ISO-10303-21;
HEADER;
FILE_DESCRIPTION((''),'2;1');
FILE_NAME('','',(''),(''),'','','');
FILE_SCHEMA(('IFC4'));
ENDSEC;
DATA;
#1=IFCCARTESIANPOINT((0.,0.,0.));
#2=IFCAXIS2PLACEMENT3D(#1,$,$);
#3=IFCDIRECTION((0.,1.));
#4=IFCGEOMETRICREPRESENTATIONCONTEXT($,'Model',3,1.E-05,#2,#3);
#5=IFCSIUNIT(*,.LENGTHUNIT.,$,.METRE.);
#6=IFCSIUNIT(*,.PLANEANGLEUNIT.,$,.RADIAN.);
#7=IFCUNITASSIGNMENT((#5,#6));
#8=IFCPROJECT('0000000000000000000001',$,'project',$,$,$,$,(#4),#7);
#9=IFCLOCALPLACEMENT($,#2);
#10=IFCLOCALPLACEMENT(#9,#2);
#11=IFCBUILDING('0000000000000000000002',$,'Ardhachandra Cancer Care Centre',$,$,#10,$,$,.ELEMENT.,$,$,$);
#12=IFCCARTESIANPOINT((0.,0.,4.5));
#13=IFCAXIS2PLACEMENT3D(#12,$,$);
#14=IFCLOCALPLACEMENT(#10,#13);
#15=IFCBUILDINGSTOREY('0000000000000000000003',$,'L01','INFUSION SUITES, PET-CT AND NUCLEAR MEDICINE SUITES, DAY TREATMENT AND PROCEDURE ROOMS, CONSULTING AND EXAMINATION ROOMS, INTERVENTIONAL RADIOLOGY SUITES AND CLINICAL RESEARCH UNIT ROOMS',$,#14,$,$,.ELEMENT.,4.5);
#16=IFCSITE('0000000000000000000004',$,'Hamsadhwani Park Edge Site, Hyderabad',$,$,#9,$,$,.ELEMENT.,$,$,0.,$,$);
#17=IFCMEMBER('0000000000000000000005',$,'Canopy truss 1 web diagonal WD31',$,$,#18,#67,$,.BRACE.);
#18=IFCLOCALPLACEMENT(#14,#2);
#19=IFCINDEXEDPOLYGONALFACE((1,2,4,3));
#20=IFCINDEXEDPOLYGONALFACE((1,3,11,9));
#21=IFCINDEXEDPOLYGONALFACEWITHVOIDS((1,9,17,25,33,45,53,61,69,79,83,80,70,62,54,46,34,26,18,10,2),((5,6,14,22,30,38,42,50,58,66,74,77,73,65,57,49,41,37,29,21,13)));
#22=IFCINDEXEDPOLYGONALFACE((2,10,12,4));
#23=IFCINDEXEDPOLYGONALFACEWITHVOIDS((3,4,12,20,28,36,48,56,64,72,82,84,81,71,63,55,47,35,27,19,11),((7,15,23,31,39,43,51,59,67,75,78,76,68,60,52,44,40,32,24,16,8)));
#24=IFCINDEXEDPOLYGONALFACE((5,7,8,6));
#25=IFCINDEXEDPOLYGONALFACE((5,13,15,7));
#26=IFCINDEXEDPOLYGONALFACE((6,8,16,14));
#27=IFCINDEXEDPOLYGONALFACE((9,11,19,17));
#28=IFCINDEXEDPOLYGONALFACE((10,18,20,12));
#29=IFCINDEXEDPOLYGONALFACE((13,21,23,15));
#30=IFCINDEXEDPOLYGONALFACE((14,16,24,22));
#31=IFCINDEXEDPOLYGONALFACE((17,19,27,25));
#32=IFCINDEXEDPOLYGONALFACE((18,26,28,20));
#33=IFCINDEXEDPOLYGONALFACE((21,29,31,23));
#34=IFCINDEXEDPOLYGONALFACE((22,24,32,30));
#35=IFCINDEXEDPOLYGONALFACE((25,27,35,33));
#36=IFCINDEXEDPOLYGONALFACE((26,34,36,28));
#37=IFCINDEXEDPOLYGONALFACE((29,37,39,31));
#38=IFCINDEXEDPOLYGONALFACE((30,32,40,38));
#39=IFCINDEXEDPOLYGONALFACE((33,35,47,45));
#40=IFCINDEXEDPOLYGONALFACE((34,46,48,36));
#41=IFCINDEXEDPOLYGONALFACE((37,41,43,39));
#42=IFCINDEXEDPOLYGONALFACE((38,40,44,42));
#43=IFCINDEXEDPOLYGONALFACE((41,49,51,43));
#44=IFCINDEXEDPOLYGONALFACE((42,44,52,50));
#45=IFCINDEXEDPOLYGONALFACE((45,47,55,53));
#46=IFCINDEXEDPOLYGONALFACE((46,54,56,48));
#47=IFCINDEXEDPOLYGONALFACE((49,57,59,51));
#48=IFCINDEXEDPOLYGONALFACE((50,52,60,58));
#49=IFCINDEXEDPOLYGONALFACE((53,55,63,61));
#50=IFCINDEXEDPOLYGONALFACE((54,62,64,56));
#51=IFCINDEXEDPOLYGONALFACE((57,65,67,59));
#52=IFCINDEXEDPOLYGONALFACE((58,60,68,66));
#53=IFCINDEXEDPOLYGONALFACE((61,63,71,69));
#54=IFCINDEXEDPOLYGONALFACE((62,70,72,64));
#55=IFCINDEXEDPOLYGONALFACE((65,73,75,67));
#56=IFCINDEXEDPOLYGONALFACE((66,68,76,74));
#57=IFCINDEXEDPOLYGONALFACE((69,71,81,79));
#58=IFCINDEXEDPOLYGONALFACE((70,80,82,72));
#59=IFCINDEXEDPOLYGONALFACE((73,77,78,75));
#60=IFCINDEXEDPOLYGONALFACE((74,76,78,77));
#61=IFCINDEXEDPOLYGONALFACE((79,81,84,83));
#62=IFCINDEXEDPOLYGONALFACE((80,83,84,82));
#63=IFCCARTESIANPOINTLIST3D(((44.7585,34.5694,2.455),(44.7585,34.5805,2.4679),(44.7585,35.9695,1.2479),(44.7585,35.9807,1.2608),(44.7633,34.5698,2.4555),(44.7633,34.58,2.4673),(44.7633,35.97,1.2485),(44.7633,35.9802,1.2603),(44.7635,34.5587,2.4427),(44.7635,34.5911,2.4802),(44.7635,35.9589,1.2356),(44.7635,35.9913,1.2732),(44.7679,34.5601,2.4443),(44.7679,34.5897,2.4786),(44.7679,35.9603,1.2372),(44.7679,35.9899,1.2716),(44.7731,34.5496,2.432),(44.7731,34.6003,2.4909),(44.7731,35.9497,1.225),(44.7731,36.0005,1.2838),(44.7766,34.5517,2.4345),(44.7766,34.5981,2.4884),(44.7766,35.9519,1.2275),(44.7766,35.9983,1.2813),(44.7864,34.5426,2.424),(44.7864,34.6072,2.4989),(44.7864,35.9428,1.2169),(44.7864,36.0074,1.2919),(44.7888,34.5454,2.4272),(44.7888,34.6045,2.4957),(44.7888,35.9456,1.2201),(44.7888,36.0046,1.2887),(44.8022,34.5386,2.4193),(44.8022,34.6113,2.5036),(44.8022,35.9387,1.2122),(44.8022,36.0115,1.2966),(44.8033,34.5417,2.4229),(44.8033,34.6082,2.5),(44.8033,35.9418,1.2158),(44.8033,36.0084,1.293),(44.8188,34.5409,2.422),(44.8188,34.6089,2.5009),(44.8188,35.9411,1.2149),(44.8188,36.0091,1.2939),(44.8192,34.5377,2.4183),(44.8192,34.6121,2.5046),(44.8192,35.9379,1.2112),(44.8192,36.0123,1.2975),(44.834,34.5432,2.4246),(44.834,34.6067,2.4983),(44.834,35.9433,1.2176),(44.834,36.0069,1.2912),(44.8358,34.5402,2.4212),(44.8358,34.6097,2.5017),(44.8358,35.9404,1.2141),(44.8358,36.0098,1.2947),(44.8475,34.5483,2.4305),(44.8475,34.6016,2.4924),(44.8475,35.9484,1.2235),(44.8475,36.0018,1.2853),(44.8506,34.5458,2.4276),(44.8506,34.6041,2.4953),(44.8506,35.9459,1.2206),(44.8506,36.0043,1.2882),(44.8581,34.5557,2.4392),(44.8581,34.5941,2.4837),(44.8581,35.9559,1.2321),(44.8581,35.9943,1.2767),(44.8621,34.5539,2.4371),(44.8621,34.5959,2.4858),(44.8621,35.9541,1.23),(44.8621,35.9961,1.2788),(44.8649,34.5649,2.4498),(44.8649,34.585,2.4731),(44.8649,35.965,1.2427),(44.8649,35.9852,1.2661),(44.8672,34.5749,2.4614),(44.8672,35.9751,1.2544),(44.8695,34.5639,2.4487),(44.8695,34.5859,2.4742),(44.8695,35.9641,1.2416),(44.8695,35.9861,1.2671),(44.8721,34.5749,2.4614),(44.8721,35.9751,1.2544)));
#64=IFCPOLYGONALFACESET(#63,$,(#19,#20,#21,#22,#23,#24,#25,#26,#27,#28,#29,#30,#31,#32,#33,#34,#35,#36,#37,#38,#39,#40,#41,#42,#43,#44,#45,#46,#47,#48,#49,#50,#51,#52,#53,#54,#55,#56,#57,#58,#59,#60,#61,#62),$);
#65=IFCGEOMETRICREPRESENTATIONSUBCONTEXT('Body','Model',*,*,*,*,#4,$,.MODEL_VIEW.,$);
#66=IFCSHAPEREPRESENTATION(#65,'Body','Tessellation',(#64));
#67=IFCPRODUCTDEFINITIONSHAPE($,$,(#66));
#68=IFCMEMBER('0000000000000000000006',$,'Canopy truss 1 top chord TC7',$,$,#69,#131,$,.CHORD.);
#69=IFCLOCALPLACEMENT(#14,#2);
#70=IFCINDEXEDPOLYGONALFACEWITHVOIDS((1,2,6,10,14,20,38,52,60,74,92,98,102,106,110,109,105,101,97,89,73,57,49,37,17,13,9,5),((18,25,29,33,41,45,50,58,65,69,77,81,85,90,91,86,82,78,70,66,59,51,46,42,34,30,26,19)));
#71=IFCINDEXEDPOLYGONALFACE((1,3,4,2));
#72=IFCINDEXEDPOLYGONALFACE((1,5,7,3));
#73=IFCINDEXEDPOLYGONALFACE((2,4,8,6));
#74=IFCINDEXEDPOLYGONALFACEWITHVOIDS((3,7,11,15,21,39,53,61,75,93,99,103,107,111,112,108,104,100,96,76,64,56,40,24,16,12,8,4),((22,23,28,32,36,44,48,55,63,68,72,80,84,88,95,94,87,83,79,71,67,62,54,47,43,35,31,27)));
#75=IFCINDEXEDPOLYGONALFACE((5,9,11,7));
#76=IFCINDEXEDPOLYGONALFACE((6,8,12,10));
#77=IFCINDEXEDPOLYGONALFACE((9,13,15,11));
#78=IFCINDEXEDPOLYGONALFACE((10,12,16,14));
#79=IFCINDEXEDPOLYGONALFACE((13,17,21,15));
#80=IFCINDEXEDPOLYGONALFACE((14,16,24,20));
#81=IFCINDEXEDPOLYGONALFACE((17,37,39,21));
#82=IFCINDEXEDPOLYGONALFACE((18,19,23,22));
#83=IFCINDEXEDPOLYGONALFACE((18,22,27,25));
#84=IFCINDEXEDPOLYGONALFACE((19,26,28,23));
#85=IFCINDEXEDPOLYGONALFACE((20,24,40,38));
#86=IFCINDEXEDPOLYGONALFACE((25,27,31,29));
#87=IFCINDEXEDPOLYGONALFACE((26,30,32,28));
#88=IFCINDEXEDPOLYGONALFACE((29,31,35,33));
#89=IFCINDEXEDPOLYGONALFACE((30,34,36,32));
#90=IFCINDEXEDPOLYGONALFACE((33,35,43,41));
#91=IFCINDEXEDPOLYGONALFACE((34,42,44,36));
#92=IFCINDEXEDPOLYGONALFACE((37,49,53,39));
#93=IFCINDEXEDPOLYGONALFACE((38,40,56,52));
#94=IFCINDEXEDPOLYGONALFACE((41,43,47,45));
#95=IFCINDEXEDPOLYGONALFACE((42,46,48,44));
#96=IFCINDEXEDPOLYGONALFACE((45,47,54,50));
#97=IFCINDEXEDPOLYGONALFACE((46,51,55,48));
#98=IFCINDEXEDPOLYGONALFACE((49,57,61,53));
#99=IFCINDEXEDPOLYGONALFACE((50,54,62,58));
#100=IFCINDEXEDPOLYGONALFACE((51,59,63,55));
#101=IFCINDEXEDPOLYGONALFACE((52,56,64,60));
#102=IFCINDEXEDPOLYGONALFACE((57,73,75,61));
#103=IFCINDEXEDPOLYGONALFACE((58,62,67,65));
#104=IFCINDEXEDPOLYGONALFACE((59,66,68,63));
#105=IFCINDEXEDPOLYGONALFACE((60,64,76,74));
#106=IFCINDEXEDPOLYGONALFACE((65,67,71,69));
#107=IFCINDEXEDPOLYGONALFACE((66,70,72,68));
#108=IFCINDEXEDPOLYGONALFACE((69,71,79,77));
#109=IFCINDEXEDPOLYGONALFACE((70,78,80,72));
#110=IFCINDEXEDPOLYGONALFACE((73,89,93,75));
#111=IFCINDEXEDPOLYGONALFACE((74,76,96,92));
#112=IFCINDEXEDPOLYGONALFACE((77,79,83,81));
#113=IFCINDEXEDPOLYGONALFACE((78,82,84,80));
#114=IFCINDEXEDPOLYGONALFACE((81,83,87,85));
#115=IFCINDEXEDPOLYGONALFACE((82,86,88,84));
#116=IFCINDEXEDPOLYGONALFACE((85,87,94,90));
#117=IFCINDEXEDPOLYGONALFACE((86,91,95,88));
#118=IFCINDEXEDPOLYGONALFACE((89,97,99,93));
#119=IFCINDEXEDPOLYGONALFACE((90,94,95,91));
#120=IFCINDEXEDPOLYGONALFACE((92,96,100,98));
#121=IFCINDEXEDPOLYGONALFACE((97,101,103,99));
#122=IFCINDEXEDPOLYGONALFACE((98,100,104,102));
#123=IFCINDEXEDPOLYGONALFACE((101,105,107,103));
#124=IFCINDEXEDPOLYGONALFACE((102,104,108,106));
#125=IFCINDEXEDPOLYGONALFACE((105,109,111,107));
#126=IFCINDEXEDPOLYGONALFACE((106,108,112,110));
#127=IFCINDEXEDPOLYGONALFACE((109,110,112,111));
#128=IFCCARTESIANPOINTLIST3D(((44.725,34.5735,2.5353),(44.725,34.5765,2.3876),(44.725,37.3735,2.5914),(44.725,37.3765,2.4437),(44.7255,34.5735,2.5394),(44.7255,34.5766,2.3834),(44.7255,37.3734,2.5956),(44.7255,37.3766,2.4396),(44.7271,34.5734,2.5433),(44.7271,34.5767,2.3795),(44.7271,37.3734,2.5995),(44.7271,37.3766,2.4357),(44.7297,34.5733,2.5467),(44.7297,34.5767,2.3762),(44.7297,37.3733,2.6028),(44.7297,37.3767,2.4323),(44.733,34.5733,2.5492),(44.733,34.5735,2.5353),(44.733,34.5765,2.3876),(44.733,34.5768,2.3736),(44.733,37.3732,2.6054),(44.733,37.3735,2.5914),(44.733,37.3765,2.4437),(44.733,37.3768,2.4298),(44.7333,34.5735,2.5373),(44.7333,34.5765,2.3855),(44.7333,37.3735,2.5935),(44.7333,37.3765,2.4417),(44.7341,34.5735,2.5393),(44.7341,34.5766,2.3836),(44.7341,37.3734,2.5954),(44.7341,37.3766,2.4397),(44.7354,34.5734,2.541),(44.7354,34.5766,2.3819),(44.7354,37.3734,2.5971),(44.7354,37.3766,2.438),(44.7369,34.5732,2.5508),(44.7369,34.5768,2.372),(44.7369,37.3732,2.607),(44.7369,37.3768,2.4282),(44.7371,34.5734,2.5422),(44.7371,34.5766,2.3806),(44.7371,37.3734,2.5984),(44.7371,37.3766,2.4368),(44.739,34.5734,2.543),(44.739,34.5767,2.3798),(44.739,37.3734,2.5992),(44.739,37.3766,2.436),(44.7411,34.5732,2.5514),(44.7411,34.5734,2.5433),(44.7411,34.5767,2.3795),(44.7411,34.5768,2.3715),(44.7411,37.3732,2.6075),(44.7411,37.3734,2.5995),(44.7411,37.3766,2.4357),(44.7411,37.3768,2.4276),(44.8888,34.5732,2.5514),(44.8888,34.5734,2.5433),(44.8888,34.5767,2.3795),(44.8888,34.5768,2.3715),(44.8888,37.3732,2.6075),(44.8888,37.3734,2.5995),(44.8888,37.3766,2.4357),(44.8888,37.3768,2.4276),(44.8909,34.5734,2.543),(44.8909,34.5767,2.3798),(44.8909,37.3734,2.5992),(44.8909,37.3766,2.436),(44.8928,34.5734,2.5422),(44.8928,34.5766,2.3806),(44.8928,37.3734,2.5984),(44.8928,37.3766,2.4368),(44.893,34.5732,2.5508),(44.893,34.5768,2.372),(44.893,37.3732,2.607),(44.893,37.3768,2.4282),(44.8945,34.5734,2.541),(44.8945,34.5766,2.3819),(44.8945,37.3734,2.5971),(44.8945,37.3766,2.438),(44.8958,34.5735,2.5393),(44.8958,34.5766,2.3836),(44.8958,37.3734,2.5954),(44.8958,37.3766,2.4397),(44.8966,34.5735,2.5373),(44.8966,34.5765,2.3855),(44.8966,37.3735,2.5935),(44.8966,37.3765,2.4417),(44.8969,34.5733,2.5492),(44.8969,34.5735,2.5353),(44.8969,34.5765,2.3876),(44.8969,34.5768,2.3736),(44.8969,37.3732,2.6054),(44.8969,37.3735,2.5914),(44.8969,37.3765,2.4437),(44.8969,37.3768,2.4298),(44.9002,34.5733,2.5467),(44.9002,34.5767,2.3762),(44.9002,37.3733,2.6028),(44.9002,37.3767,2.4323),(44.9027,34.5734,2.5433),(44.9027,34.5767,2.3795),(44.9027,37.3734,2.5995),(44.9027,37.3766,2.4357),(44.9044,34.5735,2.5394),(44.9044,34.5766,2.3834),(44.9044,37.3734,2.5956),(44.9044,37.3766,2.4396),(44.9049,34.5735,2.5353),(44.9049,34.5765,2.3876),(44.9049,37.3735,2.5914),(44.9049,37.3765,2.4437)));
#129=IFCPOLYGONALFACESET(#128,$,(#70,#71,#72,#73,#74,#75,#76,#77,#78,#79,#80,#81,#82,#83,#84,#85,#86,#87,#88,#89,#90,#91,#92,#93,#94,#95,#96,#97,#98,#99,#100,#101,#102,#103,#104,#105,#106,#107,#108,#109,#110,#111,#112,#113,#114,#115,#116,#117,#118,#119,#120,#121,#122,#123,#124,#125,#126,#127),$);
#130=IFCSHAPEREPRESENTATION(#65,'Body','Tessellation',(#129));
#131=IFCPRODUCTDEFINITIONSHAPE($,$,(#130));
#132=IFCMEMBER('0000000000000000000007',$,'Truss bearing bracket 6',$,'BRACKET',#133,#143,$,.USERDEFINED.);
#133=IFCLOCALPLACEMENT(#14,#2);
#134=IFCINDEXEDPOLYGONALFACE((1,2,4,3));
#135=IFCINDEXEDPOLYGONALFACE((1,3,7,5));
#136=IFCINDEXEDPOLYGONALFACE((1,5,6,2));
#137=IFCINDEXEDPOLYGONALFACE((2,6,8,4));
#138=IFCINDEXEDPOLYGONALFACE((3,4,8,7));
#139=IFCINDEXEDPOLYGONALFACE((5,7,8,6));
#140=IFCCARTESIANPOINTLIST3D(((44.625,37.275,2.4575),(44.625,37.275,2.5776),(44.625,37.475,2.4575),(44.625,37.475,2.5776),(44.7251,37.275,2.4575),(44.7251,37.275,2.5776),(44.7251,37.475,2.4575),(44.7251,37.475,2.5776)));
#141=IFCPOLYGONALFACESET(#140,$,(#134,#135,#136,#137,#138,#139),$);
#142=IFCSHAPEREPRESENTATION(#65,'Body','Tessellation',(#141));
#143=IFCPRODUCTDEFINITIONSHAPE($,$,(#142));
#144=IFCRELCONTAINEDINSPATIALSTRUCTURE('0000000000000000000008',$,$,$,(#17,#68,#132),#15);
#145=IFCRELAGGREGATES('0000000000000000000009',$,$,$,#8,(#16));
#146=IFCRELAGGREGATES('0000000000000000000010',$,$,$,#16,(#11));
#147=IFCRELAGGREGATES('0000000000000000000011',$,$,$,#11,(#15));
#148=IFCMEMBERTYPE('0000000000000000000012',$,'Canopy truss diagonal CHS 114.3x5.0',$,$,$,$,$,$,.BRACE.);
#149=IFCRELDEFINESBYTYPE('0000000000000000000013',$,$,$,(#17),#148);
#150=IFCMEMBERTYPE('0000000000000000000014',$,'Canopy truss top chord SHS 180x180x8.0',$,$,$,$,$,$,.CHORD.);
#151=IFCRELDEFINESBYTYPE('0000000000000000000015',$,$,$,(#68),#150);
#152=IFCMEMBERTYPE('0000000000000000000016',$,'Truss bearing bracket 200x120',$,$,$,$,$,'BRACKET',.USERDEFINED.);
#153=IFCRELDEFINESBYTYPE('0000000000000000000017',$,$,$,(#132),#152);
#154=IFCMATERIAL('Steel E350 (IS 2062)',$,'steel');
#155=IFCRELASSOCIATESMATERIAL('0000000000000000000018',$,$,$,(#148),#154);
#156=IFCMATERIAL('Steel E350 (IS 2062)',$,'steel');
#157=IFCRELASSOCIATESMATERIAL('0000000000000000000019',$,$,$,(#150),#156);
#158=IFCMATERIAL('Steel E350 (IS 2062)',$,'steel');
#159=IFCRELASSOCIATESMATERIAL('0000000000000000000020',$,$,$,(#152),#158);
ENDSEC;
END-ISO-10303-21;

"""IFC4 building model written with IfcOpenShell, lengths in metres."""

from ifc_helpers import new_model, si_unit, direction, frame, origin, origin_2d, place, context, subcontext, project, spatial, rectangle, hollow_rectangle, hollow_circle, extrude, material, material_profile, profile_set, type_object, element, save


model = new_model("IFC4")

# Units and contexts
model_context = context("Model", 3, precision=1e-05, world=origin(), true_north=direction((0.0, 1.0)))
body_context = subcontext(model_context, "Body", "Model", "MODEL_VIEW")
ifc_project = project(units=[si_unit("LENGTHUNIT", "METRE"), si_unit("PLANEANGLEUNIT", "RADIAN")], contexts=[model_context])

# Site, building, storey
site_placement = place(None, origin())
site = spatial("IfcSite", under=ifc_project, at=site_placement, Name="Hamsadhwani Park Edge Site, Hyderabad", CompositionType="ELEMENT", RefElevation=0.0)
building_placement = place(site_placement, origin())
building = spatial("IfcBuilding", under=site, at=building_placement, Name="Ardhachandra Cancer Care Centre", CompositionType="ELEMENT")
storey_placement = place(building_placement, frame((0.0, 0.0, 4.5)))
storey = spatial("IfcBuildingStorey", under=building, at=storey_placement, Name="L01", Description="INFUSION SUITES, PET-CT AND NUCLEAR MEDICINE SUITES, DAY TREATMENT AND PROCEDURE ROOMS, CONSULTING AND EXAMINATION ROOMS, INTERVENTIONAL RADIOLOGY SUITES AND CLINICAL RESEARCH UNIT ROOMS", CompositionType="ELEMENT", Elevation=4.5)

# Members
ifc_material_1 = material(Name="Steel E350 (IS 2062)", Category="steel")
ifc_material_profile_1 = material_profile(ifc_material_1, hollow_circle(Radius=0.0571, WallThickness=0.0049, at=origin_2d()), Name="CHS 114.3x5.0")
ifc_profile_set_1 = profile_set([ifc_material_profile_1], Name="Steel E350 (IS 2062)")
member_type_1 = type_object("IfcMemberType", Name="Canopy truss diagonal CHS 114.3x5.0", PredefinedType="BRACE", material=ifc_profile_set_1)
member_1_placement = place(storey_placement, frame((44.8149, 35.9751, 1.2544), z_axis=(0.0, -0.757408, 0.652942), x_axis=(1.0, 0.0, 0.0)))
element("IfcMember", 1, at=member_1_placement, inside=storey, type_object=member_type_1, Name="Canopy truss 1 web diagonal WD31", PredefinedType="BRACE", context=body_context, shape_type="SweptSolid", body=[
    extrude(hollow_circle(Radius=0.0571, WallThickness=0.0049, at=origin_2d()), origin(), (0.0, 0.0, 1.0), 1.8486),
])
ifc_material_2 = material(Name="Steel E350 (IS 2062)", Category="steel")
ifc_material_profile_2 = material_profile(ifc_material_2, hollow_rectangle(XDim=0.1799, YDim=0.1799, WallThickness=0.0081, InnerFilletRadius=0.0081, OuterFilletRadius=0.0161, at=origin_2d()), Name="SHS 180x180x8.0")
ifc_profile_set_2 = profile_set([ifc_material_profile_2], Name="Steel E350 (IS 2062)")
member_type_2 = type_object("IfcMemberType", Name="Canopy truss top chord SHS 180x180x8.0", PredefinedType="CHORD", material=ifc_profile_set_2)
member_2_placement = place(storey_placement, frame((44.8149, 37.375, 2.5176), z_axis=(0.0, -0.999799, -0.02005), x_axis=(1.0, 0.0, 0.0)))
element("IfcMember", 2, at=member_2_placement, inside=storey, type_object=member_type_2, Name="Canopy truss 1 top chord TC7", PredefinedType="CHORD", context=body_context, shape_type="SweptSolid", body=[
    extrude(hollow_rectangle(XDim=0.1799, YDim=0.1799, WallThickness=0.0081, InnerFilletRadius=0.0081, OuterFilletRadius=0.0161, at=origin_2d()), origin(), (0.0, 0.0, 1.0), 2.8005),
])
ifc_material_3 = material(Name="Steel E350 (IS 2062)", Category="steel")
ifc_material_profile_3 = material_profile(ifc_material_3, rectangle(XDim=0.2, YDim=0.1201, at=origin_2d()), Name="PL 200x120")
ifc_profile_set_3 = profile_set([ifc_material_profile_3], Name="Steel E350 (IS 2062)")
member_type_3 = type_object("IfcMemberType", Name="Truss bearing bracket 200x120", ElementType="BRACKET", PredefinedType="USERDEFINED", material=ifc_profile_set_3)
member_3_placement = place(storey_placement, frame((44.625, 37.375, 2.5176), z_axis=(1.0, 0.0, 0.0), x_axis=(0.0, 1.0, 0.0)))
element("IfcMember", 3, at=member_3_placement, inside=storey, type_object=member_type_3, Name="Truss bearing bracket 6", ObjectType="BRACKET", PredefinedType="USERDEFINED", context=body_context, shape_type="SweptSolid", body=[
    extrude(rectangle(XDim=0.2, YDim=0.1201, at=origin_2d()), origin(), (0.0, 0.0, 1.0), 0.1001),
])

save(model, "model.ifc")
